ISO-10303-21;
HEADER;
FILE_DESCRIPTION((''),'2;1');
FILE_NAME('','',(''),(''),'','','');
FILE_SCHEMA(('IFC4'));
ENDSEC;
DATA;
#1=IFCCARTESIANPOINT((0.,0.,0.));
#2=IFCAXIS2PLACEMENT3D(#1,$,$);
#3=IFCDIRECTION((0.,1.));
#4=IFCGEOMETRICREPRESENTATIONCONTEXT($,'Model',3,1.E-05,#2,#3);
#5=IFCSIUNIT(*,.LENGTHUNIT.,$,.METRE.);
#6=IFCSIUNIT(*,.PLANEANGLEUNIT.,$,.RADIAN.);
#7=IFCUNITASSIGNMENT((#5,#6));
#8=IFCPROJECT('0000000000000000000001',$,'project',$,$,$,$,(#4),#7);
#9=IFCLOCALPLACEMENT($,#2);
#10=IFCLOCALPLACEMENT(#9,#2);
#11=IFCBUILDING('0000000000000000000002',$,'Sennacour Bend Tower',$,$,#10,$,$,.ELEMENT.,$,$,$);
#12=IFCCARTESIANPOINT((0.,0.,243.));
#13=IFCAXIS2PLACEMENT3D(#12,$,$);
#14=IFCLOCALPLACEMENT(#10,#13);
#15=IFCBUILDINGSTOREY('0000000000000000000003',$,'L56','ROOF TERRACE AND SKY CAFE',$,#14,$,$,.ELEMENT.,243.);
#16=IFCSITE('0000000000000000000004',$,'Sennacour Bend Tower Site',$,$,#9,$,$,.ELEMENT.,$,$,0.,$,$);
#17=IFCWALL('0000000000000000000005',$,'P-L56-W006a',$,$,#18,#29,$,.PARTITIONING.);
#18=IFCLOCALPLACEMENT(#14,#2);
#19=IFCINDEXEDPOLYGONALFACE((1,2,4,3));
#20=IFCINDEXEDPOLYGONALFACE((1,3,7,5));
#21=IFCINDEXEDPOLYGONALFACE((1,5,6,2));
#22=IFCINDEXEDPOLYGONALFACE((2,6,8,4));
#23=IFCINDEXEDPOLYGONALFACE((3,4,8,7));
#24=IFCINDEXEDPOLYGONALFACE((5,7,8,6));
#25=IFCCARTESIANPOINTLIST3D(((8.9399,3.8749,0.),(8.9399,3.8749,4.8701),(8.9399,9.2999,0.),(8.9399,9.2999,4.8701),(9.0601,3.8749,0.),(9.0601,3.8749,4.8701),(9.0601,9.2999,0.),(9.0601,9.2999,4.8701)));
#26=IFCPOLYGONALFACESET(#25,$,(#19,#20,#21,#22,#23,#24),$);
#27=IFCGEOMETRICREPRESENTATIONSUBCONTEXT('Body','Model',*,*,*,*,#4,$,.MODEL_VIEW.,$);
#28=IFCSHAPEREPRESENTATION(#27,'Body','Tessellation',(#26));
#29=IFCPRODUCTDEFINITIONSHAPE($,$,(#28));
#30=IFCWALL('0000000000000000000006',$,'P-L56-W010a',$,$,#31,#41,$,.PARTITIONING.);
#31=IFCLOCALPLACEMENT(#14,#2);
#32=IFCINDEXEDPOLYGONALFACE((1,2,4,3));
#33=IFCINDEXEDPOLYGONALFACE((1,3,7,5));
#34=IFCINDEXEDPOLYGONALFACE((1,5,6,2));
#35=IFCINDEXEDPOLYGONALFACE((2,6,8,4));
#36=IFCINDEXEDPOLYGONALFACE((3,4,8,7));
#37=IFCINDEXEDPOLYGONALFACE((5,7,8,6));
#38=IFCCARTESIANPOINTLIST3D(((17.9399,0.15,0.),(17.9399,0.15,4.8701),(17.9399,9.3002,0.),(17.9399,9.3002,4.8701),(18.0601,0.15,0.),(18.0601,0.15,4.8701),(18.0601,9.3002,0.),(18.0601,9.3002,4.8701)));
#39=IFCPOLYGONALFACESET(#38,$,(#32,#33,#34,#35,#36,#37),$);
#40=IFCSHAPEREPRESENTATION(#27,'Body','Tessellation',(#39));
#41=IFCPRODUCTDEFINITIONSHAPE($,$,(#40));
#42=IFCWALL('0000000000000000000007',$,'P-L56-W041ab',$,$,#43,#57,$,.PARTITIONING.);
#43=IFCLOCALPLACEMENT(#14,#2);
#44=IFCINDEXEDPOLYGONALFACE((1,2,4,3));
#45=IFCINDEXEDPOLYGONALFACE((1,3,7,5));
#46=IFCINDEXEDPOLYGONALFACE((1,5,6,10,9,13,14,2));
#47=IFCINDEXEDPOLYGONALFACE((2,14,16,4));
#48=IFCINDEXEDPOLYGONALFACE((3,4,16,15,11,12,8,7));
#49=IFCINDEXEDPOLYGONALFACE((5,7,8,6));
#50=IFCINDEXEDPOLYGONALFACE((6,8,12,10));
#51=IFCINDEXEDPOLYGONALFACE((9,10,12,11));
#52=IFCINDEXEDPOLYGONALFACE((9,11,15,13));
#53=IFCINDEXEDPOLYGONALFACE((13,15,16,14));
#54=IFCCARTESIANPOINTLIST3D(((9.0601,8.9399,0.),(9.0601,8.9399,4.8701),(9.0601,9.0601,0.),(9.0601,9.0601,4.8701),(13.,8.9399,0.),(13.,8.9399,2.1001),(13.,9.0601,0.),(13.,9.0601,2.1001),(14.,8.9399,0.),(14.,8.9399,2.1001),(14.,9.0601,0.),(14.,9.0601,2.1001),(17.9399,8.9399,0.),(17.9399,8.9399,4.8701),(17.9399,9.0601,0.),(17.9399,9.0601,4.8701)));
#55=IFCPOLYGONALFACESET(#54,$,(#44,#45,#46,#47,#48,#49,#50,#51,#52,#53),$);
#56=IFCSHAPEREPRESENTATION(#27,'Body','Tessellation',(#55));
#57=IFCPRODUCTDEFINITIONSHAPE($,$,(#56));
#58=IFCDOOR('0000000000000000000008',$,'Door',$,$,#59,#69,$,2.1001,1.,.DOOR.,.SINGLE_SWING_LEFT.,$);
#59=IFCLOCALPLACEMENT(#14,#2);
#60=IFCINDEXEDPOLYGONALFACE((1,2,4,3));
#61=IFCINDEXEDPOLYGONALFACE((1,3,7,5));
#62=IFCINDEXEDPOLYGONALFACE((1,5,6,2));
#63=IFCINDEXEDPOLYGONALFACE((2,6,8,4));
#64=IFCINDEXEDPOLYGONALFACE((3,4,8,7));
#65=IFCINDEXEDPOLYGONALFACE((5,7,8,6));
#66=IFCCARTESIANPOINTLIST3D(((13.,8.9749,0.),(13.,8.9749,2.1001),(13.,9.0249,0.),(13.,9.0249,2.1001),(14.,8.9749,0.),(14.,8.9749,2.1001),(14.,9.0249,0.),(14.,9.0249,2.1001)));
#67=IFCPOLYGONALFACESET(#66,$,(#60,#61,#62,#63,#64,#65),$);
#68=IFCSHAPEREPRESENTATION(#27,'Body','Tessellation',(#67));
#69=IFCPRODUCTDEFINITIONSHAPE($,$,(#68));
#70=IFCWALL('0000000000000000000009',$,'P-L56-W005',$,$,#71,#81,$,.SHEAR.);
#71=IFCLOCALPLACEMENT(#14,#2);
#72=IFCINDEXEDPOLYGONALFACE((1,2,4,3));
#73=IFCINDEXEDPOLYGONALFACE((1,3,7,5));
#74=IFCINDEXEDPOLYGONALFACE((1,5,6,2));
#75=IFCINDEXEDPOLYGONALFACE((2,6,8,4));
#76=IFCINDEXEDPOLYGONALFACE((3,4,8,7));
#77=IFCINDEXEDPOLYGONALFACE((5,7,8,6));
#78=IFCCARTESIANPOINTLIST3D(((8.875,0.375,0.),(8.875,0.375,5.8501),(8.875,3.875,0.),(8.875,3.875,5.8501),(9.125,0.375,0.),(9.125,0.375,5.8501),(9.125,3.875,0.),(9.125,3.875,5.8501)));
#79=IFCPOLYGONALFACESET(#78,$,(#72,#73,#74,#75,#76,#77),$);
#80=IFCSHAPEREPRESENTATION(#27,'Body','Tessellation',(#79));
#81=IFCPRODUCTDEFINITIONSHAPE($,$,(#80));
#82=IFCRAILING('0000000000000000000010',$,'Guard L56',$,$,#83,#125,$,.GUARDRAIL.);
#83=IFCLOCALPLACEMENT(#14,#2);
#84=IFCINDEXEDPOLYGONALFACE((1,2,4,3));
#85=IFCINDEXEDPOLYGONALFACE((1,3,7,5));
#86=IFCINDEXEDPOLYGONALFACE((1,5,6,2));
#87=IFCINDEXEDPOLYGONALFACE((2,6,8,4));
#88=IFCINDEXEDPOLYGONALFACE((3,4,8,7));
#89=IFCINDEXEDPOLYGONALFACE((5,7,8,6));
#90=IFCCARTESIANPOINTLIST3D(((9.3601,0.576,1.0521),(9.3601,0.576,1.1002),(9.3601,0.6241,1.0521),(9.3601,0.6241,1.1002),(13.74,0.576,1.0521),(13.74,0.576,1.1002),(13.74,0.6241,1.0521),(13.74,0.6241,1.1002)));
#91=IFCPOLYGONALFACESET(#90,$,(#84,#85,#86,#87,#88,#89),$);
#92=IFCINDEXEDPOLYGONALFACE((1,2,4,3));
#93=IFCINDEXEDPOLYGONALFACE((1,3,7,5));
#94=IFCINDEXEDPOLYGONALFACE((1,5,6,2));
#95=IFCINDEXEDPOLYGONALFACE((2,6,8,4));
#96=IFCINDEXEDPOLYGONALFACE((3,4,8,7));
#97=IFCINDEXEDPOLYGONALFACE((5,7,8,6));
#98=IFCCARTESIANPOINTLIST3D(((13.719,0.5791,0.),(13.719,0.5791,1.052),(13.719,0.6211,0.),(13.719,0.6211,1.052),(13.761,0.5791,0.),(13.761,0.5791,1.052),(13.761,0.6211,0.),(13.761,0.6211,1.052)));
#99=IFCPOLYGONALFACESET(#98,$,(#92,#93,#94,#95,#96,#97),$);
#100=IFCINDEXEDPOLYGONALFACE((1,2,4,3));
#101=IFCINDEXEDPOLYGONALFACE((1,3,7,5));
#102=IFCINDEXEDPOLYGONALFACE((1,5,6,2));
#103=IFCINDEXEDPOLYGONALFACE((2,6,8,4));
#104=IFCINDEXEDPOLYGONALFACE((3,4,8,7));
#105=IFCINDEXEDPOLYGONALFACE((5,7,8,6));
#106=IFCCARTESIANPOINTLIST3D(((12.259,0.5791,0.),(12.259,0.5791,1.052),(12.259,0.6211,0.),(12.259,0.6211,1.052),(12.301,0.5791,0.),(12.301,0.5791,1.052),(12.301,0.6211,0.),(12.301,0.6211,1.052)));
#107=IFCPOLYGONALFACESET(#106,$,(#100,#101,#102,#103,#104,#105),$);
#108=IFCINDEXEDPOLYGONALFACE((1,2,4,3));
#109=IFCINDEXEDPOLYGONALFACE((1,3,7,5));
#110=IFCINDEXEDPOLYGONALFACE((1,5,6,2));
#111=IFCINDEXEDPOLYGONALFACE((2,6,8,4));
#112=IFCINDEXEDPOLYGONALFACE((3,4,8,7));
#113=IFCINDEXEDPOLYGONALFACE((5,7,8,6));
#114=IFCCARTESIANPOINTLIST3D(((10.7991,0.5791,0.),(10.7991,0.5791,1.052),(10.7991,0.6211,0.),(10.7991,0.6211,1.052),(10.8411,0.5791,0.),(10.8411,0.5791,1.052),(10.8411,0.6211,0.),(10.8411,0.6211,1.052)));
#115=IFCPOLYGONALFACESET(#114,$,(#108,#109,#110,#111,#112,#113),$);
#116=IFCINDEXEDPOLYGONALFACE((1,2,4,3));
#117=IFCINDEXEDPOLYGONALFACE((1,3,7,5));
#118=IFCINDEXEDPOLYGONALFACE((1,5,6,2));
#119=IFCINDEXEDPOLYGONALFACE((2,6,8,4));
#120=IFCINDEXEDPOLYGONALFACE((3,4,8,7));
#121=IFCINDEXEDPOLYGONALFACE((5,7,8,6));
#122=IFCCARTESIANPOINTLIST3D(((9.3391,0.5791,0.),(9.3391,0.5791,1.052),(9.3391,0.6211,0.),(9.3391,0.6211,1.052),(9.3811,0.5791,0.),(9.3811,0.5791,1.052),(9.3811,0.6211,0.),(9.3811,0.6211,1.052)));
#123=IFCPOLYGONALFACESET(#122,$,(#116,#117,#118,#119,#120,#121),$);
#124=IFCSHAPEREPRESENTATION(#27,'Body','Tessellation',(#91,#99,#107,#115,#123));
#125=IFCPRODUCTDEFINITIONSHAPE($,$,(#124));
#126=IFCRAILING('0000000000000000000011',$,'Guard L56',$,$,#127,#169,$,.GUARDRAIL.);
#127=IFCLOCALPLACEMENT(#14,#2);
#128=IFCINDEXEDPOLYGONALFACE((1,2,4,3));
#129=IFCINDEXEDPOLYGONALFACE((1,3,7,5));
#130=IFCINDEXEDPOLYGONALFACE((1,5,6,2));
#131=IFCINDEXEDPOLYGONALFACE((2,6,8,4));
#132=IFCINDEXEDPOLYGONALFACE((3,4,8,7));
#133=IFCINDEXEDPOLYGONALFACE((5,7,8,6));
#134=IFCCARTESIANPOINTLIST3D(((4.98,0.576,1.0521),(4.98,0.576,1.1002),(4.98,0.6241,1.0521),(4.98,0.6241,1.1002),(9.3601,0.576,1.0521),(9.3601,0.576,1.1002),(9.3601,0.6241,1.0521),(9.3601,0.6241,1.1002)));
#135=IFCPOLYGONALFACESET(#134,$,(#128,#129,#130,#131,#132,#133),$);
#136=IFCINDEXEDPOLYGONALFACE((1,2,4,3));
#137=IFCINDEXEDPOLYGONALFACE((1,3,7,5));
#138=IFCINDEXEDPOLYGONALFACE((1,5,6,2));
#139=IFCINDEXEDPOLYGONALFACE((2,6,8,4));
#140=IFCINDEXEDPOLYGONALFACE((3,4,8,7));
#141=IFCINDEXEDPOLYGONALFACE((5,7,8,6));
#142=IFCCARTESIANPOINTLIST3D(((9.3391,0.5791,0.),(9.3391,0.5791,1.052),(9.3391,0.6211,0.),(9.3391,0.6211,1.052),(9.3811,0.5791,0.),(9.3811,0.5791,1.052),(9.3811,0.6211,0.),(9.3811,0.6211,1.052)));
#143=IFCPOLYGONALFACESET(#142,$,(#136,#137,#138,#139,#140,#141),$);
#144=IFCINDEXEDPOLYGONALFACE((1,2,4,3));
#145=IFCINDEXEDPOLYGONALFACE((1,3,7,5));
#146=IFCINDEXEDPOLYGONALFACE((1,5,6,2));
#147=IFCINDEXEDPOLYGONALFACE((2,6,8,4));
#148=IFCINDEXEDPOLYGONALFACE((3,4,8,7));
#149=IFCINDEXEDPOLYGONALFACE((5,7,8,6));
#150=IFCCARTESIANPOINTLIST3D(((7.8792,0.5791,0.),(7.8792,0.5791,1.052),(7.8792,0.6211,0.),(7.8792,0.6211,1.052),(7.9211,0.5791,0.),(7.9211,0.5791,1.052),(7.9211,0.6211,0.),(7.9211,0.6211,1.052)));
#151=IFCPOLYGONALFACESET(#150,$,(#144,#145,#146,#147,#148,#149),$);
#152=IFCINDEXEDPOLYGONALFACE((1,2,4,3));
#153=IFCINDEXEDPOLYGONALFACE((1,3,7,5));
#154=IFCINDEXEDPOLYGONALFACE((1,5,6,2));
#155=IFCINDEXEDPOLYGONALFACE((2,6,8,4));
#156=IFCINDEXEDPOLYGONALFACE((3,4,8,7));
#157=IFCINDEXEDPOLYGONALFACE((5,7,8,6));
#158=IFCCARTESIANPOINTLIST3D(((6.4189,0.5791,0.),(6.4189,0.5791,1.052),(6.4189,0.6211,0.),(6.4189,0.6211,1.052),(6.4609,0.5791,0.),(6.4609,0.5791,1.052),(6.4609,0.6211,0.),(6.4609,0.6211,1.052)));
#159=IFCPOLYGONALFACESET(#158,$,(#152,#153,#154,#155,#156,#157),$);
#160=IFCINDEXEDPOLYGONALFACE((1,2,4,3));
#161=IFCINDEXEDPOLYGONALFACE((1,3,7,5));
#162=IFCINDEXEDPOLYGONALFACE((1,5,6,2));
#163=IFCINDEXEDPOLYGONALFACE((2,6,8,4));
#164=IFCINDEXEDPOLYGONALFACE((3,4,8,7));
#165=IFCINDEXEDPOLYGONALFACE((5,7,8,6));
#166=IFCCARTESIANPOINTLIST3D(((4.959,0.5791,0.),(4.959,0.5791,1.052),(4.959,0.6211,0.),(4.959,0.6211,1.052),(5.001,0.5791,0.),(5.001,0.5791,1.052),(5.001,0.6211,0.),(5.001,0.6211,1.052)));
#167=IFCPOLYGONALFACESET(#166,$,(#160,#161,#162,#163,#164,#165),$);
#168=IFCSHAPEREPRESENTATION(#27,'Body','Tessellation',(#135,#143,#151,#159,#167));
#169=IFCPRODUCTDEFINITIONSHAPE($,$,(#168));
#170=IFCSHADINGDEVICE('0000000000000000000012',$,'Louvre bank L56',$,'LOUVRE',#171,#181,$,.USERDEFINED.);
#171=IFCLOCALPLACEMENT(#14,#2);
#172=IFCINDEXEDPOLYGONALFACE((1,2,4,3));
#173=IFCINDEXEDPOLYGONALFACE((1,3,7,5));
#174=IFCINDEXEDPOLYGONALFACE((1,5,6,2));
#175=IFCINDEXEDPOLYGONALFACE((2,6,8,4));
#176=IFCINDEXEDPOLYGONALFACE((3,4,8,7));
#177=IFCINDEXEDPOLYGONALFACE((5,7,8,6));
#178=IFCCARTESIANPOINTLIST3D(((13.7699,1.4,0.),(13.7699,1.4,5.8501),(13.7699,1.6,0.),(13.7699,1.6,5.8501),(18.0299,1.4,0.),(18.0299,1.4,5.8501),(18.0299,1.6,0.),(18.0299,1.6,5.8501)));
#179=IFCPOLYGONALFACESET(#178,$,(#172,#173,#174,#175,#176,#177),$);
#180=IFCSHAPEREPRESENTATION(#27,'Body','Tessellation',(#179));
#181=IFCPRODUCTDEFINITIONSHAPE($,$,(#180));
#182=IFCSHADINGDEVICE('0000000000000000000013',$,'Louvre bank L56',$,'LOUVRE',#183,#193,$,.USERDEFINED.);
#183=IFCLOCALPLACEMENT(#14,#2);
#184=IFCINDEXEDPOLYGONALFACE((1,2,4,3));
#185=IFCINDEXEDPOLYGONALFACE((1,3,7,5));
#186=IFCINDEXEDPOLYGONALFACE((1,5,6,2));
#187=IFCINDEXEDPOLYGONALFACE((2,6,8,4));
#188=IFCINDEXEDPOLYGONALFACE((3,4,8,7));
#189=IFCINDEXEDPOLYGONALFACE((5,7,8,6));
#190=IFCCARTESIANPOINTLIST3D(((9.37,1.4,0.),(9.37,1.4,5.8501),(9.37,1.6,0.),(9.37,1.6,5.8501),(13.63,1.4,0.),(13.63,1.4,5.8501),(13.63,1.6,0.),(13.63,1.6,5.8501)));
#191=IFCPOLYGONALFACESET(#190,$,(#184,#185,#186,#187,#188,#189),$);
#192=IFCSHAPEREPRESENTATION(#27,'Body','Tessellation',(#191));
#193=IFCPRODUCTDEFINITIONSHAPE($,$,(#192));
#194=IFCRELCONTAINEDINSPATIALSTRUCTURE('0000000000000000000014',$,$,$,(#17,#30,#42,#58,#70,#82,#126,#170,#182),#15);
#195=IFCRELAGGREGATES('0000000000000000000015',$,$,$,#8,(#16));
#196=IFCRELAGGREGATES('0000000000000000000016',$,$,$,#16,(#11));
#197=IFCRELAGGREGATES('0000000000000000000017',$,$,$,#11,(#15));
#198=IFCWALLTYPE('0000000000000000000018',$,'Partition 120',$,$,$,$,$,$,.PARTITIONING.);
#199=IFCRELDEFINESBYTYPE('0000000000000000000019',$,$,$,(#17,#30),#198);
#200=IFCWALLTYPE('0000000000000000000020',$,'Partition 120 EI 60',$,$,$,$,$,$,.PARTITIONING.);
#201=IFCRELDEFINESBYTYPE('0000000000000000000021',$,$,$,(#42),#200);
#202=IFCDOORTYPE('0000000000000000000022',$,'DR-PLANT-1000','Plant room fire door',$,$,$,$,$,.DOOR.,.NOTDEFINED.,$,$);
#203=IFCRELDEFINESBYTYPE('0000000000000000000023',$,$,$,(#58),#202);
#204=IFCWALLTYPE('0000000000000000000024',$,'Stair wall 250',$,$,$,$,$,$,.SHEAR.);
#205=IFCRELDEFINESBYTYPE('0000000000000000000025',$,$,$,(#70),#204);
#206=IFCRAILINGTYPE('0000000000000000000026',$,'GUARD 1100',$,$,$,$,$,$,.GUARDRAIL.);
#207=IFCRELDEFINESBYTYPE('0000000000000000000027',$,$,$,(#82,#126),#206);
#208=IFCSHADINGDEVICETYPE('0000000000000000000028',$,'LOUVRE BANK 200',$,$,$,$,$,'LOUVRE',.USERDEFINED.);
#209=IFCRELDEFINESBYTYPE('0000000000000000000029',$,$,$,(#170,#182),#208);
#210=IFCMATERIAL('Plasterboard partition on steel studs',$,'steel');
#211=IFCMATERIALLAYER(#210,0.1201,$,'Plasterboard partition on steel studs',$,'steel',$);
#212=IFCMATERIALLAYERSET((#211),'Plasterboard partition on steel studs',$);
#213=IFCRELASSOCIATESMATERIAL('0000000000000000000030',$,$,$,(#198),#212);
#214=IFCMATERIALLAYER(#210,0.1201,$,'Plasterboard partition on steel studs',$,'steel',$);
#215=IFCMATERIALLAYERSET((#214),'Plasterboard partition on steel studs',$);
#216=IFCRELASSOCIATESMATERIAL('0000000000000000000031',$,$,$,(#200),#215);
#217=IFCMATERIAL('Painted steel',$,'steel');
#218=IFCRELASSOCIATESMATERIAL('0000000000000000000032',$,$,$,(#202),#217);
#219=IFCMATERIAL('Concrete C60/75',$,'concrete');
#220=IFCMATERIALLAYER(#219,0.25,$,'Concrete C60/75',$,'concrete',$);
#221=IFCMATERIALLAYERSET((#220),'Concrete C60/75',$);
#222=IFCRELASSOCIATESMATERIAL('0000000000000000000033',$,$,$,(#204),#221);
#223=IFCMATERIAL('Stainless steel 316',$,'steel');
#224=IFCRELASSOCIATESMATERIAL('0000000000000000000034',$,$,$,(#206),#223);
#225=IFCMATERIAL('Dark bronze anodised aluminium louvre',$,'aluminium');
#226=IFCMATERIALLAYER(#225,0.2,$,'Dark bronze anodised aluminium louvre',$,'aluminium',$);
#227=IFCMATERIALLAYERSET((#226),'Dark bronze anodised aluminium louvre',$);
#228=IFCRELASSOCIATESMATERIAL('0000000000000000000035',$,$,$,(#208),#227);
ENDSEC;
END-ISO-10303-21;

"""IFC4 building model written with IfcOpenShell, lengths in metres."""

from ifc_helpers import new_model, si_unit, direction, frame, frame_2d, origin, origin_2d, place, context, subcontext, project, spatial, rectangle, extrude, material, layer, layer_set, type_object, element, fill, save


model = new_model("IFC4")

# Units and contexts
model_context = context("Model", 3, precision=1e-05, world=origin(), true_north=direction((0.0, 1.0)))
body_context = subcontext(model_context, "Body", "Model", "MODEL_VIEW")
ifc_project = project(units=[si_unit("LENGTHUNIT", "METRE"), si_unit("PLANEANGLEUNIT", "RADIAN")], contexts=[model_context])

# Site, building, storey
site_placement = place(None, origin())
site = spatial("IfcSite", under=ifc_project, at=site_placement, Name="Sennacour Bend Tower Site", CompositionType="ELEMENT", RefElevation=0.0)
building_placement = place(site_placement, origin())
building = spatial("IfcBuilding", under=site, at=building_placement, Name="Sennacour Bend Tower", CompositionType="ELEMENT")
storey_placement = place(building_placement, frame((0.0, 0.0, 243.0)))
storey = spatial("IfcBuildingStorey", under=building, at=storey_placement, Name="L56", Description="ROOF TERRACE AND SKY CAFE", CompositionType="ELEMENT", Elevation=243.0)

# Walls
ifc_material_1 = material(Name="Plasterboard partition on steel studs", Category="steel")
ifc_layer_1 = layer(ifc_material_1, 0.1201, Name="Plasterboard partition on steel studs", Category="steel")
ifc_layer_set_1 = layer_set([ifc_layer_1], Name="Plasterboard partition on steel studs")
wall_type_1 = type_object("IfcWallType", Name="Partition 120", PredefinedType="PARTITIONING", material=ifc_layer_set_1)
wall_1_placement = place(storey_placement, frame((9.0, 3.875, 0.0), z_axis=(0.0, 0.0, 1.0), x_axis=(0.0, 1.0, 0.0)))
element("IfcWall", 1, at=wall_1_placement, inside=storey, type_object=wall_type_1, Name="P-L56-W006a", PredefinedType="PARTITIONING", context=body_context, shape_type="SweptSolid", body=[
    extrude(rectangle(XDim=5.425, YDim=0.1201, at=frame_2d((2.7124, 0.0))), origin(), (0.0, 0.0, 1.0), 4.8701),
])
wall_2_placement = place(storey_placement, frame((18.0, 0.1499, 0.0), z_axis=(0.0, 0.0, 1.0), x_axis=(0.0, 1.0, 0.0)))
element("IfcWall", 2, at=wall_2_placement, inside=storey, type_object=wall_type_1, Name="P-L56-W010a", PredefinedType="PARTITIONING", context=body_context, shape_type="SweptSolid", body=[
    extrude(rectangle(XDim=9.1501, YDim=0.1201, at=frame_2d((4.5752, 0.0))), origin(), (0.0, 0.0, 1.0), 4.8701),
])

# Wall, opening, door
ifc_layer_2 = layer(ifc_material_1, 0.1201, Name="Plasterboard partition on steel studs", Category="steel")
ifc_layer_set_2 = layer_set([ifc_layer_2], Name="Plasterboard partition on steel studs")
wall_type_2 = type_object("IfcWallType", Name="Partition 120 EI 60", PredefinedType="PARTITIONING", material=ifc_layer_set_2)
wall_3_placement = place(storey_placement, frame((9.0601, 9.0, 0.0), z_axis=(0.0, 0.0, 1.0), x_axis=(1.0, 0.0, 0.0)))
wall_3 = element("IfcWall", 3, at=wall_3_placement, inside=storey, type_object=wall_type_2, Name="P-L56-W041ab", PredefinedType="PARTITIONING", context=body_context, shape_type="SweptSolid", body=[
    extrude(rectangle(XDim=8.8799, YDim=0.1201, at=frame_2d((4.4399, 0.0))), origin(), (0.0, 0.0, 1.0), 4.8701),
])
opening_placement = place(wall_3_placement, frame((3.9399, 0.0, 0.0)))
opening = element("IfcOpeningElement", 4, at=opening_placement, cuts=wall_3, PredefinedType="OPENING", context=body_context, shape_type="SweptSolid", body=[
    extrude(rectangle(XDim=1.0, YDim=2.1001, at=frame_2d((0.5, 1.05))), frame((0.0, 0.0701, 0.0), z_axis=(0.0, -1.0, 0.0), x_axis=(1.0, 0.0, 0.0)), (0.0, 0.0, 1.0), 0.1401),
])
ifc_material_2 = material(Name="Painted steel", Category="steel")
door_type = type_object("IfcDoorType", Name="DR-PLANT-1000", Description="Plant room fire door", OperationType="NOTDEFINED", PredefinedType="DOOR", material=ifc_material_2)
door_placement = place(opening_placement, origin())
door = element("IfcDoor", 5, at=door_placement, inside=storey, type_object=door_type, Name="Door", OperationType="SINGLE_SWING_LEFT", OverallHeight=2.1001, OverallWidth=1.0, PredefinedType="DOOR", context=body_context, shape_type="SweptSolid", body=[
    extrude(rectangle(XDim=1.0, YDim=2.1001, at=frame_2d((0.5, 1.05))), frame((0.0, 0.0249, 0.0), z_axis=(0.0, -1.0, 0.0), x_axis=(1.0, 0.0, 0.0)), (0.0, 0.0, 1.0), 0.05),
])
fill(opening, door)

# Wall
ifc_material_3 = material(Name="Concrete C60/75", Category="concrete")
ifc_layer_3 = layer(ifc_material_3, 0.25, Name="Concrete C60/75", Category="concrete")
ifc_layer_set_3 = layer_set([ifc_layer_3], Name="Concrete C60/75")
wall_type_3 = type_object("IfcWallType", Name="Stair wall 250", PredefinedType="SHEAR", material=ifc_layer_set_3)
wall_4_placement = place(storey_placement, frame((9.0, 0.375, 0.0), z_axis=(0.0, 0.0, 1.0), x_axis=(0.0, 1.0, 0.0)))
element("IfcWall", 6, at=wall_4_placement, inside=storey, type_object=wall_type_3, Name="P-L56-W005", PredefinedType="SHEAR", context=body_context, shape_type="SweptSolid", body=[
    extrude(rectangle(XDim=3.5, YDim=0.25, at=frame_2d((1.75, 0.0))), origin(), (0.0, 0.0, 1.0), 5.8501),
])

# Railings
ifc_material_4 = material(Name="Stainless steel 316", Category="steel")
railing_type = type_object("IfcRailingType", Name="GUARD 1100", PredefinedType="GUARDRAIL", material=ifc_material_4)
railing_1_placement = place(storey_placement, frame((13.74, 0.6001, 0.0)))
element("IfcRailing", 7, at=railing_1_placement, inside=storey, type_object=railing_type, Name="Guard L56", PredefinedType="GUARDRAIL", context=body_context, shape_type="SweptSolid", body=[
    extrude(rectangle(XDim=0.0481, YDim=0.0481, at=origin_2d()), frame((0.0, 0.0, 1.0762), z_axis=(-1.0, 0.0, 0.0), x_axis=(0.0, -1.0, 0.0)), (0.0, 0.0, 1.0), 4.3799),
    extrude(rectangle(XDim=0.042, YDim=0.042, at=origin_2d()), origin(), (0.0, 0.0, 1.0), 1.052),
    extrude(rectangle(XDim=0.042, YDim=0.042, at=origin_2d()), frame((-1.46, 0.0, 0.0)), (0.0, 0.0, 1.0), 1.052),
    extrude(rectangle(XDim=0.042, YDim=0.042, at=origin_2d()), frame((-2.9199, 0.0, 0.0)), (0.0, 0.0, 1.0), 1.052),
    extrude(rectangle(XDim=0.042, YDim=0.042, at=origin_2d()), frame((-4.3799, 0.0, 0.0)), (0.0, 0.0, 1.0), 1.052),
])
railing_2_placement = place(storey_placement, frame((9.3601, 0.6001, 0.0)))
element("IfcRailing", 8, at=railing_2_placement, inside=storey, type_object=railing_type, Name="Guard L56", PredefinedType="GUARDRAIL", context=body_context, shape_type="SweptSolid", body=[
    extrude(rectangle(XDim=0.0481, YDim=0.0481, at=origin_2d()), frame((0.0, 0.0, 1.0762), z_axis=(-1.0, 0.0, 0.0), x_axis=(0.0, -1.0, 0.0)), (0.0, 0.0, 1.0), 4.3801),
    extrude(rectangle(XDim=0.042, YDim=0.042, at=origin_2d()), origin(), (0.0, 0.0, 1.0), 1.052),
    extrude(rectangle(XDim=0.042, YDim=0.042, at=origin_2d()), frame((-1.46, 0.0, 0.0)), (0.0, 0.0, 1.0), 1.052),
    extrude(rectangle(XDim=0.042, YDim=0.042, at=origin_2d()), frame((-2.9202, 0.0, 0.0)), (0.0, 0.0, 1.0), 1.052),
    extrude(rectangle(XDim=0.042, YDim=0.042, at=origin_2d()), frame((-4.3801, 0.0, 0.0)), (0.0, 0.0, 1.0), 1.052),
])

# Shading devices
ifc_material_5 = material(Name="Dark bronze anodised aluminium louvre", Category="aluminium")
ifc_layer_4 = layer(ifc_material_5, 0.2, Name="Dark bronze anodised aluminium louvre", Category="aluminium")
ifc_layer_set_4 = layer_set([ifc_layer_4], Name="Dark bronze anodised aluminium louvre")
shading_device_type_1 = type_object("IfcShadingDeviceType", Name="LOUVRE BANK 200", ElementType="LOUVRE", PredefinedType="USERDEFINED", material=ifc_layer_set_4)
for number, where, z_axis, x_axis, name in (
    (9, (15.8999, 1.5, 0.0), (0.0, 0.0, 1.0), (-1.0, 0.0, 0.0), "Louvre bank L56"),
    (10, (11.5, 1.5, 0.0), (0.0, 0.0, 1.0), (-1.0, 0.0, 0.0), "Louvre bank L56"),
):
    element("IfcShadingDevice", number, at=place(storey_placement, frame(where, z_axis=z_axis, x_axis=x_axis)), inside=storey, type_object=shading_device_type_1, Name=name, ObjectType="LOUVRE", PredefinedType="USERDEFINED", context=body_context, shape_type="SweptSolid", body=[
        extrude(rectangle(XDim=4.26, YDim=0.2, at=origin_2d()), origin(), (0.0, 0.0, 1.0), 5.8501),
    ])

save(model, "model.ifc")
